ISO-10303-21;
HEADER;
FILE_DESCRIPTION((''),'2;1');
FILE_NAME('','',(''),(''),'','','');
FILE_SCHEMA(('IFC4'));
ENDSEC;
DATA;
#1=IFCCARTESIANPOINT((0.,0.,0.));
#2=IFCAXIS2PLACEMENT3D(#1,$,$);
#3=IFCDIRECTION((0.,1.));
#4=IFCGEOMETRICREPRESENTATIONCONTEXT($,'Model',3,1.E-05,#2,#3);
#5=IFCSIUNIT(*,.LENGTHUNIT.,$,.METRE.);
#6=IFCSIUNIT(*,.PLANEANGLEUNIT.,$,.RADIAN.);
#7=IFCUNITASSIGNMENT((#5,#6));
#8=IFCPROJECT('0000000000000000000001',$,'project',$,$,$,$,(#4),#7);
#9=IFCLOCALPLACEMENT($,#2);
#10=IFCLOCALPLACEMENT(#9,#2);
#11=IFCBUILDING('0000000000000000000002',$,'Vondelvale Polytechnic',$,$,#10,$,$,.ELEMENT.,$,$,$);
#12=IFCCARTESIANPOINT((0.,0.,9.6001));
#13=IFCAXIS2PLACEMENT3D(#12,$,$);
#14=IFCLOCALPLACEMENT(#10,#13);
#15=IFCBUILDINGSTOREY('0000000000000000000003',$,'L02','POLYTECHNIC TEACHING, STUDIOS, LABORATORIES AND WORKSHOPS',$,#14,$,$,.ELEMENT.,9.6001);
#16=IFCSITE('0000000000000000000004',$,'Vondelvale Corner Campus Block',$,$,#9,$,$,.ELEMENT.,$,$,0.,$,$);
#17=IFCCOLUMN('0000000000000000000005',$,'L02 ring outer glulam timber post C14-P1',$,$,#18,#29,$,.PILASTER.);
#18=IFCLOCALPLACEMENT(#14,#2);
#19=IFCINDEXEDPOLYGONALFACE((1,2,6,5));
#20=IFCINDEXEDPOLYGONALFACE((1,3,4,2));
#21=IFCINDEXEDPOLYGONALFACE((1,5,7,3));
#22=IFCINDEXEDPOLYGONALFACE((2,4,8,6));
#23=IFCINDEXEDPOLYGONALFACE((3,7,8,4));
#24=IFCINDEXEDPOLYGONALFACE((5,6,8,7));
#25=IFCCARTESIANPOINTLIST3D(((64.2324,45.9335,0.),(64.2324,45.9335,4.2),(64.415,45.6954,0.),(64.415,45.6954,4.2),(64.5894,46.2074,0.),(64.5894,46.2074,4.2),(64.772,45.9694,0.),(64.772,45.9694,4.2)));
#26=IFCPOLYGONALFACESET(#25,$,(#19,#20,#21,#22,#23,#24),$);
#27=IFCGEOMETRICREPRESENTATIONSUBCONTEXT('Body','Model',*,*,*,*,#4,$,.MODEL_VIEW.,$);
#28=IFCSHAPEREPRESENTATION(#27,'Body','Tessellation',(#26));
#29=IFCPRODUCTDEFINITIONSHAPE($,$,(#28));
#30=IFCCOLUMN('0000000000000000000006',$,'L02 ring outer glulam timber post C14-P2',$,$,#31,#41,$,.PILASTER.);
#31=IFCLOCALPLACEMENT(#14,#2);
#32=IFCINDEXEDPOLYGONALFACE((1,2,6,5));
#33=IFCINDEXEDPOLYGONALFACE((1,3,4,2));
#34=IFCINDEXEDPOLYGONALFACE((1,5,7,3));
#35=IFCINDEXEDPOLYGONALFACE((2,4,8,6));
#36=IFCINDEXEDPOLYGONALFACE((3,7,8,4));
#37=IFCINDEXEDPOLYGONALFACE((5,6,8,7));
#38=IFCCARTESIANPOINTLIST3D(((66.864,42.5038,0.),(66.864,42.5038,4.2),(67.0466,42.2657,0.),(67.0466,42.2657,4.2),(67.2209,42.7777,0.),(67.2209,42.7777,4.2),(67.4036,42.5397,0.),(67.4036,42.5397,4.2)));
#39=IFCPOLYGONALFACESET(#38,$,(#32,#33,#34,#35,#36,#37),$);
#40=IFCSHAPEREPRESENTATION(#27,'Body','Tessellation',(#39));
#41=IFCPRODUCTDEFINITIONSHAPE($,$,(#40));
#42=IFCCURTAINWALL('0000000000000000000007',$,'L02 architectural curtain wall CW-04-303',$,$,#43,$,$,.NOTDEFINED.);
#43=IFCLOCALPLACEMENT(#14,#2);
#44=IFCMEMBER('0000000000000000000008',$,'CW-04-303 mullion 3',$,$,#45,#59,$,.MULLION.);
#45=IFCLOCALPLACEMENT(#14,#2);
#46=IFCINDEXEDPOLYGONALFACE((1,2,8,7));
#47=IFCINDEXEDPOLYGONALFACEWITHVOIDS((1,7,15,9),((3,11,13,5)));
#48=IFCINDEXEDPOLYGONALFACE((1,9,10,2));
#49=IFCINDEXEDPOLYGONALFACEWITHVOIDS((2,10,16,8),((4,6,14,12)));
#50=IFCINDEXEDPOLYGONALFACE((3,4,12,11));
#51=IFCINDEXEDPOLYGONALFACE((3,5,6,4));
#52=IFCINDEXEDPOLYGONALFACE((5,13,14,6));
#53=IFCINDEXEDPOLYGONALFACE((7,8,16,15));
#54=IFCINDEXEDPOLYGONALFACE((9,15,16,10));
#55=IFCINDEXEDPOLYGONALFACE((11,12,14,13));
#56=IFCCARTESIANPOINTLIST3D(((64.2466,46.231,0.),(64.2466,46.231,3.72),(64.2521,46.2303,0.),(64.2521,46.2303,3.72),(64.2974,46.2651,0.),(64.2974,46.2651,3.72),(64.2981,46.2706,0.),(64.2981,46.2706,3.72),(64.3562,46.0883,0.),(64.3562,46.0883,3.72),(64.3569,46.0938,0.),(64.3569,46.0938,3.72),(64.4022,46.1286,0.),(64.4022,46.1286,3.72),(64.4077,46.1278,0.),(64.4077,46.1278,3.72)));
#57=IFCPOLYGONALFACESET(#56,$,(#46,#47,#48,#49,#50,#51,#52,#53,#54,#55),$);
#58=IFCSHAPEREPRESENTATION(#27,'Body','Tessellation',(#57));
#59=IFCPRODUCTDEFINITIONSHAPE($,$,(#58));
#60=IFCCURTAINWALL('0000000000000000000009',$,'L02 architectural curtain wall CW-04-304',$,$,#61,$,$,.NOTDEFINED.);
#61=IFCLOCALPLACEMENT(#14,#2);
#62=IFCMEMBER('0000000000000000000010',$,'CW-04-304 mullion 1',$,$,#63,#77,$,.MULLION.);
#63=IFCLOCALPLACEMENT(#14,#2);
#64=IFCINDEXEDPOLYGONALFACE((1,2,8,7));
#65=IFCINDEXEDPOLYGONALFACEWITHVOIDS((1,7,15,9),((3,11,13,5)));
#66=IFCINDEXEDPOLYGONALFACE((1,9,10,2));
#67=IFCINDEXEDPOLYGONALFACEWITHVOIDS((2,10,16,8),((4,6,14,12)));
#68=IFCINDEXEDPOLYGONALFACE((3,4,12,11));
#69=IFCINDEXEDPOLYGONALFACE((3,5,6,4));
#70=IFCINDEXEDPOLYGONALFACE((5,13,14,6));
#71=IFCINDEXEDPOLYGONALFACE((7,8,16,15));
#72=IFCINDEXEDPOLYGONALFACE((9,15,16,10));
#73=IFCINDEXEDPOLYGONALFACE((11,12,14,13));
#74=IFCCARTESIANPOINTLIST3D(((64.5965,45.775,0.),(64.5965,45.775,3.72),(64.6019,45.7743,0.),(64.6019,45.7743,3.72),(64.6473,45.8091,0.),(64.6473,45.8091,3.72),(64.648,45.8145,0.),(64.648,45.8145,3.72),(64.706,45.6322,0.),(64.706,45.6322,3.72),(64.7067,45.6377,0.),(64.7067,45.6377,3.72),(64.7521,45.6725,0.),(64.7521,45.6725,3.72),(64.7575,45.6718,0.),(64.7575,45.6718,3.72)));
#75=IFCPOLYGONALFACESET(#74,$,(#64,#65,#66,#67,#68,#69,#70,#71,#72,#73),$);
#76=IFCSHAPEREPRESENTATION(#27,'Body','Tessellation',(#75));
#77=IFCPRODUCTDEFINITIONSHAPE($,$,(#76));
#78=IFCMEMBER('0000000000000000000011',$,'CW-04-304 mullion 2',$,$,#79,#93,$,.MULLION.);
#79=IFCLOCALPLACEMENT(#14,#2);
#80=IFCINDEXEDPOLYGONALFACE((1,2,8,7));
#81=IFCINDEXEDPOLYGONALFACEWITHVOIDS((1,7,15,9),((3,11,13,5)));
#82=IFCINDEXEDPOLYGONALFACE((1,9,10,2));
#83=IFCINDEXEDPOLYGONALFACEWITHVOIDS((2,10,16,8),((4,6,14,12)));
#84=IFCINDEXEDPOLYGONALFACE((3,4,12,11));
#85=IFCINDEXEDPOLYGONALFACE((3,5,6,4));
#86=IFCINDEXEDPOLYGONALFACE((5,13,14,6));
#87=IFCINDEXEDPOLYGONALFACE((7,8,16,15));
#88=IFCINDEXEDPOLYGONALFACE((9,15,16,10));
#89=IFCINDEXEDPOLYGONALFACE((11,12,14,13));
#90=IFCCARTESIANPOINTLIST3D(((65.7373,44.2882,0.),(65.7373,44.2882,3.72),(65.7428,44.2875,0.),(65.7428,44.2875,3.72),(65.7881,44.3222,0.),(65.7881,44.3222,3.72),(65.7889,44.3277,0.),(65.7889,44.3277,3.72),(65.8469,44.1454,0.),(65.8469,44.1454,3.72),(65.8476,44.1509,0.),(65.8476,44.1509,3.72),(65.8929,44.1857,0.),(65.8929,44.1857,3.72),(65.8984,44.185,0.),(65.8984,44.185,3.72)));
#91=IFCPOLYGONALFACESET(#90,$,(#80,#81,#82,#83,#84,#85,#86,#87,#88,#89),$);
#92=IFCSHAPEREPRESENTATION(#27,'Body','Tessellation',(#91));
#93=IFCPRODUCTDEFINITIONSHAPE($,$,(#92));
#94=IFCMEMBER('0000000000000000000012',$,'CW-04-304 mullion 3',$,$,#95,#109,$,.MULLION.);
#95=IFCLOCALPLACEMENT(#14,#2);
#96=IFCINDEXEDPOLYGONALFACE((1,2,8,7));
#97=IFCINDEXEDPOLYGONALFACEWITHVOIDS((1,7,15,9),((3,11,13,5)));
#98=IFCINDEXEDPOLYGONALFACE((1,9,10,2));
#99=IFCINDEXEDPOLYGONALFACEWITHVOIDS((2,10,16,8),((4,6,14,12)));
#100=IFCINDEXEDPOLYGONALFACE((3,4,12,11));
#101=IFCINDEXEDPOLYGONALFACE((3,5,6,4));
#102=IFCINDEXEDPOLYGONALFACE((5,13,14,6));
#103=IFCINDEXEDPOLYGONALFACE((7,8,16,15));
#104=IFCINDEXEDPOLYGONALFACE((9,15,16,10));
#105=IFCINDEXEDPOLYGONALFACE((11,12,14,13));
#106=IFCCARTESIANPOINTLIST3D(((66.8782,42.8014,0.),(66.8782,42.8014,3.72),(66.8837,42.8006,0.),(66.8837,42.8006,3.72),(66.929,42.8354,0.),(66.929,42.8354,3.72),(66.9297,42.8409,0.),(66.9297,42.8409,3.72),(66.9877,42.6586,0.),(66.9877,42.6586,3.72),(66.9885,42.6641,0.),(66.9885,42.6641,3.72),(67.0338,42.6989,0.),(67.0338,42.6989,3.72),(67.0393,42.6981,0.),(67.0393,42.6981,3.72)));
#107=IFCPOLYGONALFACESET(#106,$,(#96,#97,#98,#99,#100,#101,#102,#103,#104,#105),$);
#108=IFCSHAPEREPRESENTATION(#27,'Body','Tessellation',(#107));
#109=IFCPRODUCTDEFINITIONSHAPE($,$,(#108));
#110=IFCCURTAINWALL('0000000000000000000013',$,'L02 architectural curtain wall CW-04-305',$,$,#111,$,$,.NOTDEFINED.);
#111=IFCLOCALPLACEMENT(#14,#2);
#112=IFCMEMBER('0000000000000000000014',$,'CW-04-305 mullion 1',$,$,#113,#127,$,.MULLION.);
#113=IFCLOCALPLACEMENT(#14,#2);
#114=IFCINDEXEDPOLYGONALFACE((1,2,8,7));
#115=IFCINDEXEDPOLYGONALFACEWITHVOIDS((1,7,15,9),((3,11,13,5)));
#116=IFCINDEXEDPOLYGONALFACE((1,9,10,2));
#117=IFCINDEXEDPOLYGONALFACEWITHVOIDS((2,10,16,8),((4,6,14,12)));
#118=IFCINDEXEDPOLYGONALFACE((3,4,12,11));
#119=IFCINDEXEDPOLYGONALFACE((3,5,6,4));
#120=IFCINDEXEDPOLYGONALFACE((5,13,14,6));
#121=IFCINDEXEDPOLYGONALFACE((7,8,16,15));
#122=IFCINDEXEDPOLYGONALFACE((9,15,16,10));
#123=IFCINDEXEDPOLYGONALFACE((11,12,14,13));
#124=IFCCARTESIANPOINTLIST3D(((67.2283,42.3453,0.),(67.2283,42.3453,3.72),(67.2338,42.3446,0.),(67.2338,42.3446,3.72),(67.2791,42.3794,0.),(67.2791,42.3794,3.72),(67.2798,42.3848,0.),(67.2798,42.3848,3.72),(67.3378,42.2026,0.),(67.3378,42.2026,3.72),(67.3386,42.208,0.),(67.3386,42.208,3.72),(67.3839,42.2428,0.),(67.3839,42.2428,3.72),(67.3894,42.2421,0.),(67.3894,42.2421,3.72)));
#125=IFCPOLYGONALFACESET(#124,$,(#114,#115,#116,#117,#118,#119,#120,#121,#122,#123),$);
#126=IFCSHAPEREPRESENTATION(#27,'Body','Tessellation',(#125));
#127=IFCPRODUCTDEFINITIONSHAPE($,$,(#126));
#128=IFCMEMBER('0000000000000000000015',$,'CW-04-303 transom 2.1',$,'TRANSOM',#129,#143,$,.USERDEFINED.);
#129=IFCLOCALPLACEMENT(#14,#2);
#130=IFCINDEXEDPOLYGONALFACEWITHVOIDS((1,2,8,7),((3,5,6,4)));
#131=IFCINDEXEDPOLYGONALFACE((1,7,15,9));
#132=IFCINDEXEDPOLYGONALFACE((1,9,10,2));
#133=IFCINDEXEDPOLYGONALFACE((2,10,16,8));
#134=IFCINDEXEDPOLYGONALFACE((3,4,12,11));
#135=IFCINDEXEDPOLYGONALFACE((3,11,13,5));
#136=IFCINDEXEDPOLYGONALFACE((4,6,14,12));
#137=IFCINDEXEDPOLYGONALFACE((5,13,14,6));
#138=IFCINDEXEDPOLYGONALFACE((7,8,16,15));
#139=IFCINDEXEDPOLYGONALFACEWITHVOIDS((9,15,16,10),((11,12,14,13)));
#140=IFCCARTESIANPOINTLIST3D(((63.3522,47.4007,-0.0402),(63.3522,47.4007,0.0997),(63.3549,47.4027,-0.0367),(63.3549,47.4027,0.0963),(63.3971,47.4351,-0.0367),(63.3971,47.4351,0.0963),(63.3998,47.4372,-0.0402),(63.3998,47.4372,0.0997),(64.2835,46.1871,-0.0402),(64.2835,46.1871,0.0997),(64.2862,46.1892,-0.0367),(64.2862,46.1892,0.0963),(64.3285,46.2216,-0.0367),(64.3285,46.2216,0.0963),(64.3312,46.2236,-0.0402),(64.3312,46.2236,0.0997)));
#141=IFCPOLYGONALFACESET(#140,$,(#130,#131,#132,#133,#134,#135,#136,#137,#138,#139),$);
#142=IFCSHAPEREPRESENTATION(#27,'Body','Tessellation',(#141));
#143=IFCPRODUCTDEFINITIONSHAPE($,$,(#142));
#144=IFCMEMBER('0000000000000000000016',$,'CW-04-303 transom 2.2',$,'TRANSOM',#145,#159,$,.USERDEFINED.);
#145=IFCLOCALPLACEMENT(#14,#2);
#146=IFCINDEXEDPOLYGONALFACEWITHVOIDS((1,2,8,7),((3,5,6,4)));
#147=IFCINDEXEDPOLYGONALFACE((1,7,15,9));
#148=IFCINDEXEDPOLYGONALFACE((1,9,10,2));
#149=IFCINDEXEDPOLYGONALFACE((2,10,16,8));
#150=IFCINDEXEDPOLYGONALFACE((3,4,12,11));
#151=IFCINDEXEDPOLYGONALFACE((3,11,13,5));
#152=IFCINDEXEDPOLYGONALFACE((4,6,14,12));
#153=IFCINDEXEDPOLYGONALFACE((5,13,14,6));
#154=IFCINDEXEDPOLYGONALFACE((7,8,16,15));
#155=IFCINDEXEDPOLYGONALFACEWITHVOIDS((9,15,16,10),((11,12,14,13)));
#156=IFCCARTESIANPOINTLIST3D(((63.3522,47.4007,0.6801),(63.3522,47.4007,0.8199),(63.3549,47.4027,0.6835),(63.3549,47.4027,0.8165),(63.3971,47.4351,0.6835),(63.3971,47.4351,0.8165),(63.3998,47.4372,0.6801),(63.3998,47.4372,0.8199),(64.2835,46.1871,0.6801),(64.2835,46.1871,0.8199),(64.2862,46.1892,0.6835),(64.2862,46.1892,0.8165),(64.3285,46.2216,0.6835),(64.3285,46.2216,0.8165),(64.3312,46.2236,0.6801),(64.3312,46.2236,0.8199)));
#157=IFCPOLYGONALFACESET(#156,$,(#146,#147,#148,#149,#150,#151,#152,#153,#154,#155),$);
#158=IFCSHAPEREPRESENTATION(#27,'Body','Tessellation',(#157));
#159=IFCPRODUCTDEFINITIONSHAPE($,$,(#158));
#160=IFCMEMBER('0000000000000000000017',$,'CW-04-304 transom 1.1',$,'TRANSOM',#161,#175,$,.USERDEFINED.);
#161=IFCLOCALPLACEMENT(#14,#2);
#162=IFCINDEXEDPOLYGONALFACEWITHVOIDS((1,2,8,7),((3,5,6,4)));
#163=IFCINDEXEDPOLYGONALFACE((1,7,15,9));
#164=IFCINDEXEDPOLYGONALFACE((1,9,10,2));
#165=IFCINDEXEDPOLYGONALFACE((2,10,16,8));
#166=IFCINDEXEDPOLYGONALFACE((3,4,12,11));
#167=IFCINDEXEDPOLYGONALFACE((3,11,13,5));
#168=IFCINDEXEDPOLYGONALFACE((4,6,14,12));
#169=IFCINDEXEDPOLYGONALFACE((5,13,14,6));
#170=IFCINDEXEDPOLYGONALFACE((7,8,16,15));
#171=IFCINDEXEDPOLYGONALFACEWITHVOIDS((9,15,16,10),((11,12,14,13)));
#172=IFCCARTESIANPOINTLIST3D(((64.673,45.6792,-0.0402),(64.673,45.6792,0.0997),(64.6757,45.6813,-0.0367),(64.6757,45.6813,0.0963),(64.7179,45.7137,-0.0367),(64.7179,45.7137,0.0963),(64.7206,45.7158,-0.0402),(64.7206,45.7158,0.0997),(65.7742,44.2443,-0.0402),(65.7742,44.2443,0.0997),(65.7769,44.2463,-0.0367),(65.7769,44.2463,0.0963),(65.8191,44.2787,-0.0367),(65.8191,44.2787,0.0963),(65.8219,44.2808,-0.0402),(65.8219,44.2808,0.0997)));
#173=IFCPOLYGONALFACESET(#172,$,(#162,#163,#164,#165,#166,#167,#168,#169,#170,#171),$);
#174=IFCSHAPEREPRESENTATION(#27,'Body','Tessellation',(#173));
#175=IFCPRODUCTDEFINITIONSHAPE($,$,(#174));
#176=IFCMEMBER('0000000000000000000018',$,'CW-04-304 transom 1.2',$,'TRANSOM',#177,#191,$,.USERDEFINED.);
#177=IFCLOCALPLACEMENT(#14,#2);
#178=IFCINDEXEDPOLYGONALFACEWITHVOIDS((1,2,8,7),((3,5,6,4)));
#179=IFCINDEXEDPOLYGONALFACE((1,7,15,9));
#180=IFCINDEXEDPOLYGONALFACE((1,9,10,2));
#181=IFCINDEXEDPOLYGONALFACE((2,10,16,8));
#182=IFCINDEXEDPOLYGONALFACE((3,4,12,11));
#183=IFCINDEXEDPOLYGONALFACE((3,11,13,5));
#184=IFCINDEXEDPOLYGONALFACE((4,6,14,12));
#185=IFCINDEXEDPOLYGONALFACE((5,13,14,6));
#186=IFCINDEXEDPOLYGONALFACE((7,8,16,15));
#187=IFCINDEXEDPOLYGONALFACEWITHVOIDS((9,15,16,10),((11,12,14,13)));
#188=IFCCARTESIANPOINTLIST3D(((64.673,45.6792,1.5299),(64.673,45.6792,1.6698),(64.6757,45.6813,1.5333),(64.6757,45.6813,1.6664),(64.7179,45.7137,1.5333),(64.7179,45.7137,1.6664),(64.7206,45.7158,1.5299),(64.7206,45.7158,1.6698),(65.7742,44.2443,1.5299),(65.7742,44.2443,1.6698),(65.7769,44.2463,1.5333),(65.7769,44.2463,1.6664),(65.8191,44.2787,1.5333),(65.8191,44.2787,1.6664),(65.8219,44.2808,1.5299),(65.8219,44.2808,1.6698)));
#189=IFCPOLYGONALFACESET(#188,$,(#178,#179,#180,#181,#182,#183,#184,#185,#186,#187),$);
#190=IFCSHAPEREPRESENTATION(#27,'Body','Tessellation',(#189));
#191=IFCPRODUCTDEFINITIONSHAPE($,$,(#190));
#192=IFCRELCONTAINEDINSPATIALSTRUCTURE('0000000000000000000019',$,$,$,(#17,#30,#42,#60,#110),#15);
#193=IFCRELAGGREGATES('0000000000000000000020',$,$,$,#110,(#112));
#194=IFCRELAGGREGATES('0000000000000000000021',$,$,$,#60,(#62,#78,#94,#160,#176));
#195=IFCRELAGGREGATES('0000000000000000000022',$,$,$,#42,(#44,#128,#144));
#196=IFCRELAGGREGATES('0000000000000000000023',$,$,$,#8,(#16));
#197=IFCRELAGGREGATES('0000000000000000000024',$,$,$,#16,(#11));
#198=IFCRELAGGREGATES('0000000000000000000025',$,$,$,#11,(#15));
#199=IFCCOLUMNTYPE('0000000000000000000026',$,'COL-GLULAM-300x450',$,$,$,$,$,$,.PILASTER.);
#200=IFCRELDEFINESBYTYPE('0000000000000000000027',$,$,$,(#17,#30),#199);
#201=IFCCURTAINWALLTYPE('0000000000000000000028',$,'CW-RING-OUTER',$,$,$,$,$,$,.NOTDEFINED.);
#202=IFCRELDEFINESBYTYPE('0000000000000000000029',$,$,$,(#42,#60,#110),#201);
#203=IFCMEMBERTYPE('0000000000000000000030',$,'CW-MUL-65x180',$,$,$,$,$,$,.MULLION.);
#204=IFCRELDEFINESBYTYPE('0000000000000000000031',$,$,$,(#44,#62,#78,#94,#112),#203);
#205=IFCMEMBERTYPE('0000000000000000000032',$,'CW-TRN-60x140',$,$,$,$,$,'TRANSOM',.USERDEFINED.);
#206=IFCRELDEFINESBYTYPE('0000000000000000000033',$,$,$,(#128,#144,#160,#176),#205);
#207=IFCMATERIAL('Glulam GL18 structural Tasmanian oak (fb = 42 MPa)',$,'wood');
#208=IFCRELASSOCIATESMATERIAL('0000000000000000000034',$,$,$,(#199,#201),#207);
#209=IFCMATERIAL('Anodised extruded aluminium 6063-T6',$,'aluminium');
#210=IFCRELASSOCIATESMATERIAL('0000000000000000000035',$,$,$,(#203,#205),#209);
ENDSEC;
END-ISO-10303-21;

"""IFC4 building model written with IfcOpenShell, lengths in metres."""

from ifc_helpers import new_model, si_unit, direction, frame, origin, origin_2d, place, context, subcontext, project, spatial, rectangle, hollow_rectangle, extrude, material, material_profile, profile_set, type_object, element, aggregate, save


model = new_model("IFC4")

# Units and contexts
model_context = context("Model", 3, precision=1e-05, world=origin(), true_north=direction((0.0, 1.0)))
body_context = subcontext(model_context, "Body", "Model", "MODEL_VIEW")
ifc_project = project(units=[si_unit("LENGTHUNIT", "METRE"), si_unit("PLANEANGLEUNIT", "RADIAN")], contexts=[model_context])

# Site, building, storey
site_placement = place(None, origin())
site = spatial("IfcSite", under=ifc_project, at=site_placement, Name="Vondelvale Corner Campus Block", CompositionType="ELEMENT", RefElevation=0.0)
building_placement = place(site_placement, origin())
building = spatial("IfcBuilding", under=site, at=building_placement, Name="Vondelvale Polytechnic", CompositionType="ELEMENT")
storey_placement = place(building_placement, frame((0.0, 0.0, 9.6001)))
storey = spatial("IfcBuildingStorey", under=building, at=storey_placement, Name="L02", Description="POLYTECHNIC TEACHING, STUDIOS, LABORATORIES AND WORKSHOPS", CompositionType="ELEMENT", Elevation=9.6001)

# Columns
ifc_material_1 = material(Name="Glulam GL18 structural Tasmanian oak (fb = 42 MPa)", Category="wood")
ifc_material_profile_1 = material_profile(ifc_material_1, rectangle(XDim=0.3, YDim=0.45, at=origin_2d()), Name="GL-POST-300x450")
ifc_profile_set_1 = profile_set([ifc_material_profile_1], Name="Glulam GL18 structural Tasmanian oak (fb = 42 MPa)")
column_type = type_object("IfcColumnType", Name="COL-GLULAM-300x450", PredefinedType="PILASTER", material=ifc_profile_set_1)
for number, where, z_axis, x_axis, name in (
    (1, (64.5022, 45.9514, 0.0), (0.0, 0.0, 1.0), (-0.608761, 0.793353, 0.0), "L02 ring outer glulam timber post C14-P1"),
    (2, (67.1338, 42.5217, 0.0), (0.0, 0.0, 1.0), (-0.608761, 0.793353, 0.0), "L02 ring outer glulam timber post C14-P2"),
):
    element("IfcColumn", number, at=place(storey_placement, frame(where, z_axis=z_axis, x_axis=x_axis)), inside=storey, type_object=column_type, Name=name, PredefinedType="PILASTER", context=body_context, shape_type="SweptSolid", body=[
        extrude(rectangle(XDim=0.3, YDim=0.45, at=origin_2d()), origin(), (0.0, 0.0, 1.0), 4.2),
    ])

# Curtain wall, member
curtain_wall_type = type_object("IfcCurtainWallType", Name="CW-RING-OUTER", PredefinedType="NOTDEFINED", material=ifc_material_1)
curtain_wall_1_placement = place(storey_placement, origin())
curtain_wall_1 = element("IfcCurtainWall", 3, at=curtain_wall_1_placement, inside=storey, type_object=curtain_wall_type, Name="L02 architectural curtain wall CW-04-303", PredefinedType="NOTDEFINED")
ifc_material_2 = material(Name="Anodised extruded aluminium 6063-T6", Category="aluminium")
ifc_material_profile_2 = material_profile(ifc_material_2, hollow_rectangle(XDim=0.0649, YDim=0.1799, WallThickness=0.0039, at=origin_2d()), Name="CW-MUL-180x65")
ifc_profile_set_2 = profile_set([ifc_material_profile_2], Name="Anodised extruded aluminium 6063-T6")
member_type_1 = type_object("IfcMemberType", Name="CW-MUL-65x180", PredefinedType="MULLION", material=ifc_profile_set_2)
member_1_placement = place(storey_placement, frame((64.3271, 46.1794, 0.0), z_axis=(0.0, 0.0, 1.0), x_axis=(0.793334, 0.608787, 0.0)))
member_1 = element("IfcMember", 4, at=member_1_placement, type_object=member_type_1, Name="CW-04-303 mullion 3", PredefinedType="MULLION", context=body_context, shape_type="SweptSolid", body=[
    extrude(hollow_rectangle(XDim=0.0649, YDim=0.1799, WallThickness=0.0039, at=origin_2d()), origin(), (0.0, 0.0, 1.0), 3.72),
])

# Curtain wall, members
curtain_wall_2_placement = place(storey_placement, origin())
curtain_wall_2 = element("IfcCurtainWall", 5, at=curtain_wall_2_placement, inside=storey, type_object=curtain_wall_type, Name="L02 architectural curtain wall CW-04-304", PredefinedType="NOTDEFINED")
member_2_placement = place(storey_placement, frame((64.677, 45.7234, 0.0), z_axis=(0.0, 0.0, 1.0), x_axis=(0.793346, 0.608771, 0.0)))
member_2 = element("IfcMember", 6, at=member_2_placement, type_object=member_type_1, Name="CW-04-304 mullion 1", PredefinedType="MULLION", context=body_context, shape_type="SweptSolid", body=[
    extrude(hollow_rectangle(XDim=0.0649, YDim=0.1799, WallThickness=0.0039, at=origin_2d()), origin(), (0.0, 0.0, 1.0), 3.72),
])
member_3_placement = place(storey_placement, frame((65.8179, 44.2366, 0.0), z_axis=(0.0, 0.0, 1.0), x_axis=(0.793346, 0.608771, 0.0)))
member_3 = element("IfcMember", 7, at=member_3_placement, type_object=member_type_1, Name="CW-04-304 mullion 2", PredefinedType="MULLION", context=body_context, shape_type="SweptSolid", body=[
    extrude(hollow_rectangle(XDim=0.0649, YDim=0.1799, WallThickness=0.0039, at=origin_2d()), origin(), (0.0, 0.0, 1.0), 3.72),
])
member_4_placement = place(storey_placement, frame((66.9587, 42.7498, 0.0), z_axis=(0.0, 0.0, 1.0), x_axis=(0.793346, 0.608771, 0.0)))
member_4 = element("IfcMember", 8, at=member_4_placement, type_object=member_type_1, Name="CW-04-304 mullion 3", PredefinedType="MULLION", context=body_context, shape_type="SweptSolid", body=[
    extrude(hollow_rectangle(XDim=0.0649, YDim=0.1799, WallThickness=0.0039, at=origin_2d()), origin(), (0.0, 0.0, 1.0), 3.72),
])

# Curtain wall, member
curtain_wall_3_placement = place(storey_placement, origin())
curtain_wall_3 = element("IfcCurtainWall", 9, at=curtain_wall_3_placement, inside=storey, type_object=curtain_wall_type, Name="L02 architectural curtain wall CW-04-305", PredefinedType="NOTDEFINED")
member_5_placement = place(storey_placement, frame((67.3088, 42.2937, 0.0), z_axis=(0.0, 0.0, 1.0), x_axis=(0.793334, 0.608787, 0.0)))
member_5 = element("IfcMember", 10, at=member_5_placement, type_object=member_type_1, Name="CW-04-305 mullion 1", PredefinedType="MULLION", context=body_context, shape_type="SweptSolid", body=[
    extrude(hollow_rectangle(XDim=0.0649, YDim=0.1799, WallThickness=0.0039, at=origin_2d()), origin(), (0.0, 0.0, 1.0), 3.72),
])

# Members
ifc_material_profile_3 = material_profile(ifc_material_2, hollow_rectangle(XDim=0.0601, YDim=0.1399, WallThickness=0.0034, at=origin_2d()), Name="CW-TRN-140x60")
ifc_profile_set_3 = profile_set([ifc_material_profile_3], Name="Anodised extruded aluminium 6063-T6")
member_type_2 = type_object("IfcMemberType", Name="CW-TRN-60x140", ElementType="TRANSOM", PredefinedType="USERDEFINED", material=ifc_profile_set_3)
member_6_placement = place(storey_placement, frame((63.376, 47.4189, 0.0298), z_axis=(0.608823, -0.793306, 0.0), x_axis=(0.793306, 0.608823, 0.0)))
member_6 = element("IfcMember", 11, at=member_6_placement, type_object=member_type_2, Name="CW-04-303 transom 2.1", ObjectType="TRANSOM", PredefinedType="USERDEFINED", context=body_context, shape_type="SweptSolid", body=[
    extrude(hollow_rectangle(XDim=0.0601, YDim=0.1399, WallThickness=0.0034, at=origin_2d()), origin(), (0.0, 0.0, 1.0), 1.5298),
])
member_7_placement = place(storey_placement, frame((63.376, 47.4189, 0.75), z_axis=(0.608823, -0.793306, 0.0), x_axis=(0.793306, 0.608823, 0.0)))
member_7 = element("IfcMember", 12, at=member_7_placement, type_object=member_type_2, Name="CW-04-303 transom 2.2", ObjectType="TRANSOM", PredefinedType="USERDEFINED", context=body_context, shape_type="SweptSolid", body=[
    extrude(hollow_rectangle(XDim=0.0601, YDim=0.1399, WallThickness=0.0034, at=origin_2d()), origin(), (0.0, 0.0, 1.0), 1.5298),
])
member_8_placement = place(storey_placement, frame((64.6968, 45.6975, 0.0298), z_axis=(0.608817, -0.793311, 0.0), x_axis=(0.793311, 0.608817, 0.0)))
member_8 = element("IfcMember", 13, at=member_8_placement, type_object=member_type_2, Name="CW-04-304 transom 1.1", ObjectType="TRANSOM", PredefinedType="USERDEFINED", context=body_context, shape_type="SweptSolid", body=[
    extrude(hollow_rectangle(XDim=0.0601, YDim=0.1399, WallThickness=0.0034, at=origin_2d()), origin(), (0.0, 0.0, 1.0), 1.8088),
])
member_9_placement = place(storey_placement, frame((64.6968, 45.6975, 1.5999), z_axis=(0.608817, -0.793311, 0.0), x_axis=(0.793311, 0.608817, 0.0)))
member_9 = element("IfcMember", 14, at=member_9_placement, type_object=member_type_2, Name="CW-04-304 transom 1.2", ObjectType="TRANSOM", PredefinedType="USERDEFINED", context=body_context, shape_type="SweptSolid", body=[
    extrude(hollow_rectangle(XDim=0.0601, YDim=0.1399, WallThickness=0.0034, at=origin_2d()), origin(), (0.0, 0.0, 1.0), 1.8088),
])
aggregate(curtain_wall_3, [member_5])

aggregate(curtain_wall_2, [member_2, member_3, member_4, member_8, member_9])
aggregate(curtain_wall_1, [member_1, member_6, member_7])

save(model, "model.ifc")
